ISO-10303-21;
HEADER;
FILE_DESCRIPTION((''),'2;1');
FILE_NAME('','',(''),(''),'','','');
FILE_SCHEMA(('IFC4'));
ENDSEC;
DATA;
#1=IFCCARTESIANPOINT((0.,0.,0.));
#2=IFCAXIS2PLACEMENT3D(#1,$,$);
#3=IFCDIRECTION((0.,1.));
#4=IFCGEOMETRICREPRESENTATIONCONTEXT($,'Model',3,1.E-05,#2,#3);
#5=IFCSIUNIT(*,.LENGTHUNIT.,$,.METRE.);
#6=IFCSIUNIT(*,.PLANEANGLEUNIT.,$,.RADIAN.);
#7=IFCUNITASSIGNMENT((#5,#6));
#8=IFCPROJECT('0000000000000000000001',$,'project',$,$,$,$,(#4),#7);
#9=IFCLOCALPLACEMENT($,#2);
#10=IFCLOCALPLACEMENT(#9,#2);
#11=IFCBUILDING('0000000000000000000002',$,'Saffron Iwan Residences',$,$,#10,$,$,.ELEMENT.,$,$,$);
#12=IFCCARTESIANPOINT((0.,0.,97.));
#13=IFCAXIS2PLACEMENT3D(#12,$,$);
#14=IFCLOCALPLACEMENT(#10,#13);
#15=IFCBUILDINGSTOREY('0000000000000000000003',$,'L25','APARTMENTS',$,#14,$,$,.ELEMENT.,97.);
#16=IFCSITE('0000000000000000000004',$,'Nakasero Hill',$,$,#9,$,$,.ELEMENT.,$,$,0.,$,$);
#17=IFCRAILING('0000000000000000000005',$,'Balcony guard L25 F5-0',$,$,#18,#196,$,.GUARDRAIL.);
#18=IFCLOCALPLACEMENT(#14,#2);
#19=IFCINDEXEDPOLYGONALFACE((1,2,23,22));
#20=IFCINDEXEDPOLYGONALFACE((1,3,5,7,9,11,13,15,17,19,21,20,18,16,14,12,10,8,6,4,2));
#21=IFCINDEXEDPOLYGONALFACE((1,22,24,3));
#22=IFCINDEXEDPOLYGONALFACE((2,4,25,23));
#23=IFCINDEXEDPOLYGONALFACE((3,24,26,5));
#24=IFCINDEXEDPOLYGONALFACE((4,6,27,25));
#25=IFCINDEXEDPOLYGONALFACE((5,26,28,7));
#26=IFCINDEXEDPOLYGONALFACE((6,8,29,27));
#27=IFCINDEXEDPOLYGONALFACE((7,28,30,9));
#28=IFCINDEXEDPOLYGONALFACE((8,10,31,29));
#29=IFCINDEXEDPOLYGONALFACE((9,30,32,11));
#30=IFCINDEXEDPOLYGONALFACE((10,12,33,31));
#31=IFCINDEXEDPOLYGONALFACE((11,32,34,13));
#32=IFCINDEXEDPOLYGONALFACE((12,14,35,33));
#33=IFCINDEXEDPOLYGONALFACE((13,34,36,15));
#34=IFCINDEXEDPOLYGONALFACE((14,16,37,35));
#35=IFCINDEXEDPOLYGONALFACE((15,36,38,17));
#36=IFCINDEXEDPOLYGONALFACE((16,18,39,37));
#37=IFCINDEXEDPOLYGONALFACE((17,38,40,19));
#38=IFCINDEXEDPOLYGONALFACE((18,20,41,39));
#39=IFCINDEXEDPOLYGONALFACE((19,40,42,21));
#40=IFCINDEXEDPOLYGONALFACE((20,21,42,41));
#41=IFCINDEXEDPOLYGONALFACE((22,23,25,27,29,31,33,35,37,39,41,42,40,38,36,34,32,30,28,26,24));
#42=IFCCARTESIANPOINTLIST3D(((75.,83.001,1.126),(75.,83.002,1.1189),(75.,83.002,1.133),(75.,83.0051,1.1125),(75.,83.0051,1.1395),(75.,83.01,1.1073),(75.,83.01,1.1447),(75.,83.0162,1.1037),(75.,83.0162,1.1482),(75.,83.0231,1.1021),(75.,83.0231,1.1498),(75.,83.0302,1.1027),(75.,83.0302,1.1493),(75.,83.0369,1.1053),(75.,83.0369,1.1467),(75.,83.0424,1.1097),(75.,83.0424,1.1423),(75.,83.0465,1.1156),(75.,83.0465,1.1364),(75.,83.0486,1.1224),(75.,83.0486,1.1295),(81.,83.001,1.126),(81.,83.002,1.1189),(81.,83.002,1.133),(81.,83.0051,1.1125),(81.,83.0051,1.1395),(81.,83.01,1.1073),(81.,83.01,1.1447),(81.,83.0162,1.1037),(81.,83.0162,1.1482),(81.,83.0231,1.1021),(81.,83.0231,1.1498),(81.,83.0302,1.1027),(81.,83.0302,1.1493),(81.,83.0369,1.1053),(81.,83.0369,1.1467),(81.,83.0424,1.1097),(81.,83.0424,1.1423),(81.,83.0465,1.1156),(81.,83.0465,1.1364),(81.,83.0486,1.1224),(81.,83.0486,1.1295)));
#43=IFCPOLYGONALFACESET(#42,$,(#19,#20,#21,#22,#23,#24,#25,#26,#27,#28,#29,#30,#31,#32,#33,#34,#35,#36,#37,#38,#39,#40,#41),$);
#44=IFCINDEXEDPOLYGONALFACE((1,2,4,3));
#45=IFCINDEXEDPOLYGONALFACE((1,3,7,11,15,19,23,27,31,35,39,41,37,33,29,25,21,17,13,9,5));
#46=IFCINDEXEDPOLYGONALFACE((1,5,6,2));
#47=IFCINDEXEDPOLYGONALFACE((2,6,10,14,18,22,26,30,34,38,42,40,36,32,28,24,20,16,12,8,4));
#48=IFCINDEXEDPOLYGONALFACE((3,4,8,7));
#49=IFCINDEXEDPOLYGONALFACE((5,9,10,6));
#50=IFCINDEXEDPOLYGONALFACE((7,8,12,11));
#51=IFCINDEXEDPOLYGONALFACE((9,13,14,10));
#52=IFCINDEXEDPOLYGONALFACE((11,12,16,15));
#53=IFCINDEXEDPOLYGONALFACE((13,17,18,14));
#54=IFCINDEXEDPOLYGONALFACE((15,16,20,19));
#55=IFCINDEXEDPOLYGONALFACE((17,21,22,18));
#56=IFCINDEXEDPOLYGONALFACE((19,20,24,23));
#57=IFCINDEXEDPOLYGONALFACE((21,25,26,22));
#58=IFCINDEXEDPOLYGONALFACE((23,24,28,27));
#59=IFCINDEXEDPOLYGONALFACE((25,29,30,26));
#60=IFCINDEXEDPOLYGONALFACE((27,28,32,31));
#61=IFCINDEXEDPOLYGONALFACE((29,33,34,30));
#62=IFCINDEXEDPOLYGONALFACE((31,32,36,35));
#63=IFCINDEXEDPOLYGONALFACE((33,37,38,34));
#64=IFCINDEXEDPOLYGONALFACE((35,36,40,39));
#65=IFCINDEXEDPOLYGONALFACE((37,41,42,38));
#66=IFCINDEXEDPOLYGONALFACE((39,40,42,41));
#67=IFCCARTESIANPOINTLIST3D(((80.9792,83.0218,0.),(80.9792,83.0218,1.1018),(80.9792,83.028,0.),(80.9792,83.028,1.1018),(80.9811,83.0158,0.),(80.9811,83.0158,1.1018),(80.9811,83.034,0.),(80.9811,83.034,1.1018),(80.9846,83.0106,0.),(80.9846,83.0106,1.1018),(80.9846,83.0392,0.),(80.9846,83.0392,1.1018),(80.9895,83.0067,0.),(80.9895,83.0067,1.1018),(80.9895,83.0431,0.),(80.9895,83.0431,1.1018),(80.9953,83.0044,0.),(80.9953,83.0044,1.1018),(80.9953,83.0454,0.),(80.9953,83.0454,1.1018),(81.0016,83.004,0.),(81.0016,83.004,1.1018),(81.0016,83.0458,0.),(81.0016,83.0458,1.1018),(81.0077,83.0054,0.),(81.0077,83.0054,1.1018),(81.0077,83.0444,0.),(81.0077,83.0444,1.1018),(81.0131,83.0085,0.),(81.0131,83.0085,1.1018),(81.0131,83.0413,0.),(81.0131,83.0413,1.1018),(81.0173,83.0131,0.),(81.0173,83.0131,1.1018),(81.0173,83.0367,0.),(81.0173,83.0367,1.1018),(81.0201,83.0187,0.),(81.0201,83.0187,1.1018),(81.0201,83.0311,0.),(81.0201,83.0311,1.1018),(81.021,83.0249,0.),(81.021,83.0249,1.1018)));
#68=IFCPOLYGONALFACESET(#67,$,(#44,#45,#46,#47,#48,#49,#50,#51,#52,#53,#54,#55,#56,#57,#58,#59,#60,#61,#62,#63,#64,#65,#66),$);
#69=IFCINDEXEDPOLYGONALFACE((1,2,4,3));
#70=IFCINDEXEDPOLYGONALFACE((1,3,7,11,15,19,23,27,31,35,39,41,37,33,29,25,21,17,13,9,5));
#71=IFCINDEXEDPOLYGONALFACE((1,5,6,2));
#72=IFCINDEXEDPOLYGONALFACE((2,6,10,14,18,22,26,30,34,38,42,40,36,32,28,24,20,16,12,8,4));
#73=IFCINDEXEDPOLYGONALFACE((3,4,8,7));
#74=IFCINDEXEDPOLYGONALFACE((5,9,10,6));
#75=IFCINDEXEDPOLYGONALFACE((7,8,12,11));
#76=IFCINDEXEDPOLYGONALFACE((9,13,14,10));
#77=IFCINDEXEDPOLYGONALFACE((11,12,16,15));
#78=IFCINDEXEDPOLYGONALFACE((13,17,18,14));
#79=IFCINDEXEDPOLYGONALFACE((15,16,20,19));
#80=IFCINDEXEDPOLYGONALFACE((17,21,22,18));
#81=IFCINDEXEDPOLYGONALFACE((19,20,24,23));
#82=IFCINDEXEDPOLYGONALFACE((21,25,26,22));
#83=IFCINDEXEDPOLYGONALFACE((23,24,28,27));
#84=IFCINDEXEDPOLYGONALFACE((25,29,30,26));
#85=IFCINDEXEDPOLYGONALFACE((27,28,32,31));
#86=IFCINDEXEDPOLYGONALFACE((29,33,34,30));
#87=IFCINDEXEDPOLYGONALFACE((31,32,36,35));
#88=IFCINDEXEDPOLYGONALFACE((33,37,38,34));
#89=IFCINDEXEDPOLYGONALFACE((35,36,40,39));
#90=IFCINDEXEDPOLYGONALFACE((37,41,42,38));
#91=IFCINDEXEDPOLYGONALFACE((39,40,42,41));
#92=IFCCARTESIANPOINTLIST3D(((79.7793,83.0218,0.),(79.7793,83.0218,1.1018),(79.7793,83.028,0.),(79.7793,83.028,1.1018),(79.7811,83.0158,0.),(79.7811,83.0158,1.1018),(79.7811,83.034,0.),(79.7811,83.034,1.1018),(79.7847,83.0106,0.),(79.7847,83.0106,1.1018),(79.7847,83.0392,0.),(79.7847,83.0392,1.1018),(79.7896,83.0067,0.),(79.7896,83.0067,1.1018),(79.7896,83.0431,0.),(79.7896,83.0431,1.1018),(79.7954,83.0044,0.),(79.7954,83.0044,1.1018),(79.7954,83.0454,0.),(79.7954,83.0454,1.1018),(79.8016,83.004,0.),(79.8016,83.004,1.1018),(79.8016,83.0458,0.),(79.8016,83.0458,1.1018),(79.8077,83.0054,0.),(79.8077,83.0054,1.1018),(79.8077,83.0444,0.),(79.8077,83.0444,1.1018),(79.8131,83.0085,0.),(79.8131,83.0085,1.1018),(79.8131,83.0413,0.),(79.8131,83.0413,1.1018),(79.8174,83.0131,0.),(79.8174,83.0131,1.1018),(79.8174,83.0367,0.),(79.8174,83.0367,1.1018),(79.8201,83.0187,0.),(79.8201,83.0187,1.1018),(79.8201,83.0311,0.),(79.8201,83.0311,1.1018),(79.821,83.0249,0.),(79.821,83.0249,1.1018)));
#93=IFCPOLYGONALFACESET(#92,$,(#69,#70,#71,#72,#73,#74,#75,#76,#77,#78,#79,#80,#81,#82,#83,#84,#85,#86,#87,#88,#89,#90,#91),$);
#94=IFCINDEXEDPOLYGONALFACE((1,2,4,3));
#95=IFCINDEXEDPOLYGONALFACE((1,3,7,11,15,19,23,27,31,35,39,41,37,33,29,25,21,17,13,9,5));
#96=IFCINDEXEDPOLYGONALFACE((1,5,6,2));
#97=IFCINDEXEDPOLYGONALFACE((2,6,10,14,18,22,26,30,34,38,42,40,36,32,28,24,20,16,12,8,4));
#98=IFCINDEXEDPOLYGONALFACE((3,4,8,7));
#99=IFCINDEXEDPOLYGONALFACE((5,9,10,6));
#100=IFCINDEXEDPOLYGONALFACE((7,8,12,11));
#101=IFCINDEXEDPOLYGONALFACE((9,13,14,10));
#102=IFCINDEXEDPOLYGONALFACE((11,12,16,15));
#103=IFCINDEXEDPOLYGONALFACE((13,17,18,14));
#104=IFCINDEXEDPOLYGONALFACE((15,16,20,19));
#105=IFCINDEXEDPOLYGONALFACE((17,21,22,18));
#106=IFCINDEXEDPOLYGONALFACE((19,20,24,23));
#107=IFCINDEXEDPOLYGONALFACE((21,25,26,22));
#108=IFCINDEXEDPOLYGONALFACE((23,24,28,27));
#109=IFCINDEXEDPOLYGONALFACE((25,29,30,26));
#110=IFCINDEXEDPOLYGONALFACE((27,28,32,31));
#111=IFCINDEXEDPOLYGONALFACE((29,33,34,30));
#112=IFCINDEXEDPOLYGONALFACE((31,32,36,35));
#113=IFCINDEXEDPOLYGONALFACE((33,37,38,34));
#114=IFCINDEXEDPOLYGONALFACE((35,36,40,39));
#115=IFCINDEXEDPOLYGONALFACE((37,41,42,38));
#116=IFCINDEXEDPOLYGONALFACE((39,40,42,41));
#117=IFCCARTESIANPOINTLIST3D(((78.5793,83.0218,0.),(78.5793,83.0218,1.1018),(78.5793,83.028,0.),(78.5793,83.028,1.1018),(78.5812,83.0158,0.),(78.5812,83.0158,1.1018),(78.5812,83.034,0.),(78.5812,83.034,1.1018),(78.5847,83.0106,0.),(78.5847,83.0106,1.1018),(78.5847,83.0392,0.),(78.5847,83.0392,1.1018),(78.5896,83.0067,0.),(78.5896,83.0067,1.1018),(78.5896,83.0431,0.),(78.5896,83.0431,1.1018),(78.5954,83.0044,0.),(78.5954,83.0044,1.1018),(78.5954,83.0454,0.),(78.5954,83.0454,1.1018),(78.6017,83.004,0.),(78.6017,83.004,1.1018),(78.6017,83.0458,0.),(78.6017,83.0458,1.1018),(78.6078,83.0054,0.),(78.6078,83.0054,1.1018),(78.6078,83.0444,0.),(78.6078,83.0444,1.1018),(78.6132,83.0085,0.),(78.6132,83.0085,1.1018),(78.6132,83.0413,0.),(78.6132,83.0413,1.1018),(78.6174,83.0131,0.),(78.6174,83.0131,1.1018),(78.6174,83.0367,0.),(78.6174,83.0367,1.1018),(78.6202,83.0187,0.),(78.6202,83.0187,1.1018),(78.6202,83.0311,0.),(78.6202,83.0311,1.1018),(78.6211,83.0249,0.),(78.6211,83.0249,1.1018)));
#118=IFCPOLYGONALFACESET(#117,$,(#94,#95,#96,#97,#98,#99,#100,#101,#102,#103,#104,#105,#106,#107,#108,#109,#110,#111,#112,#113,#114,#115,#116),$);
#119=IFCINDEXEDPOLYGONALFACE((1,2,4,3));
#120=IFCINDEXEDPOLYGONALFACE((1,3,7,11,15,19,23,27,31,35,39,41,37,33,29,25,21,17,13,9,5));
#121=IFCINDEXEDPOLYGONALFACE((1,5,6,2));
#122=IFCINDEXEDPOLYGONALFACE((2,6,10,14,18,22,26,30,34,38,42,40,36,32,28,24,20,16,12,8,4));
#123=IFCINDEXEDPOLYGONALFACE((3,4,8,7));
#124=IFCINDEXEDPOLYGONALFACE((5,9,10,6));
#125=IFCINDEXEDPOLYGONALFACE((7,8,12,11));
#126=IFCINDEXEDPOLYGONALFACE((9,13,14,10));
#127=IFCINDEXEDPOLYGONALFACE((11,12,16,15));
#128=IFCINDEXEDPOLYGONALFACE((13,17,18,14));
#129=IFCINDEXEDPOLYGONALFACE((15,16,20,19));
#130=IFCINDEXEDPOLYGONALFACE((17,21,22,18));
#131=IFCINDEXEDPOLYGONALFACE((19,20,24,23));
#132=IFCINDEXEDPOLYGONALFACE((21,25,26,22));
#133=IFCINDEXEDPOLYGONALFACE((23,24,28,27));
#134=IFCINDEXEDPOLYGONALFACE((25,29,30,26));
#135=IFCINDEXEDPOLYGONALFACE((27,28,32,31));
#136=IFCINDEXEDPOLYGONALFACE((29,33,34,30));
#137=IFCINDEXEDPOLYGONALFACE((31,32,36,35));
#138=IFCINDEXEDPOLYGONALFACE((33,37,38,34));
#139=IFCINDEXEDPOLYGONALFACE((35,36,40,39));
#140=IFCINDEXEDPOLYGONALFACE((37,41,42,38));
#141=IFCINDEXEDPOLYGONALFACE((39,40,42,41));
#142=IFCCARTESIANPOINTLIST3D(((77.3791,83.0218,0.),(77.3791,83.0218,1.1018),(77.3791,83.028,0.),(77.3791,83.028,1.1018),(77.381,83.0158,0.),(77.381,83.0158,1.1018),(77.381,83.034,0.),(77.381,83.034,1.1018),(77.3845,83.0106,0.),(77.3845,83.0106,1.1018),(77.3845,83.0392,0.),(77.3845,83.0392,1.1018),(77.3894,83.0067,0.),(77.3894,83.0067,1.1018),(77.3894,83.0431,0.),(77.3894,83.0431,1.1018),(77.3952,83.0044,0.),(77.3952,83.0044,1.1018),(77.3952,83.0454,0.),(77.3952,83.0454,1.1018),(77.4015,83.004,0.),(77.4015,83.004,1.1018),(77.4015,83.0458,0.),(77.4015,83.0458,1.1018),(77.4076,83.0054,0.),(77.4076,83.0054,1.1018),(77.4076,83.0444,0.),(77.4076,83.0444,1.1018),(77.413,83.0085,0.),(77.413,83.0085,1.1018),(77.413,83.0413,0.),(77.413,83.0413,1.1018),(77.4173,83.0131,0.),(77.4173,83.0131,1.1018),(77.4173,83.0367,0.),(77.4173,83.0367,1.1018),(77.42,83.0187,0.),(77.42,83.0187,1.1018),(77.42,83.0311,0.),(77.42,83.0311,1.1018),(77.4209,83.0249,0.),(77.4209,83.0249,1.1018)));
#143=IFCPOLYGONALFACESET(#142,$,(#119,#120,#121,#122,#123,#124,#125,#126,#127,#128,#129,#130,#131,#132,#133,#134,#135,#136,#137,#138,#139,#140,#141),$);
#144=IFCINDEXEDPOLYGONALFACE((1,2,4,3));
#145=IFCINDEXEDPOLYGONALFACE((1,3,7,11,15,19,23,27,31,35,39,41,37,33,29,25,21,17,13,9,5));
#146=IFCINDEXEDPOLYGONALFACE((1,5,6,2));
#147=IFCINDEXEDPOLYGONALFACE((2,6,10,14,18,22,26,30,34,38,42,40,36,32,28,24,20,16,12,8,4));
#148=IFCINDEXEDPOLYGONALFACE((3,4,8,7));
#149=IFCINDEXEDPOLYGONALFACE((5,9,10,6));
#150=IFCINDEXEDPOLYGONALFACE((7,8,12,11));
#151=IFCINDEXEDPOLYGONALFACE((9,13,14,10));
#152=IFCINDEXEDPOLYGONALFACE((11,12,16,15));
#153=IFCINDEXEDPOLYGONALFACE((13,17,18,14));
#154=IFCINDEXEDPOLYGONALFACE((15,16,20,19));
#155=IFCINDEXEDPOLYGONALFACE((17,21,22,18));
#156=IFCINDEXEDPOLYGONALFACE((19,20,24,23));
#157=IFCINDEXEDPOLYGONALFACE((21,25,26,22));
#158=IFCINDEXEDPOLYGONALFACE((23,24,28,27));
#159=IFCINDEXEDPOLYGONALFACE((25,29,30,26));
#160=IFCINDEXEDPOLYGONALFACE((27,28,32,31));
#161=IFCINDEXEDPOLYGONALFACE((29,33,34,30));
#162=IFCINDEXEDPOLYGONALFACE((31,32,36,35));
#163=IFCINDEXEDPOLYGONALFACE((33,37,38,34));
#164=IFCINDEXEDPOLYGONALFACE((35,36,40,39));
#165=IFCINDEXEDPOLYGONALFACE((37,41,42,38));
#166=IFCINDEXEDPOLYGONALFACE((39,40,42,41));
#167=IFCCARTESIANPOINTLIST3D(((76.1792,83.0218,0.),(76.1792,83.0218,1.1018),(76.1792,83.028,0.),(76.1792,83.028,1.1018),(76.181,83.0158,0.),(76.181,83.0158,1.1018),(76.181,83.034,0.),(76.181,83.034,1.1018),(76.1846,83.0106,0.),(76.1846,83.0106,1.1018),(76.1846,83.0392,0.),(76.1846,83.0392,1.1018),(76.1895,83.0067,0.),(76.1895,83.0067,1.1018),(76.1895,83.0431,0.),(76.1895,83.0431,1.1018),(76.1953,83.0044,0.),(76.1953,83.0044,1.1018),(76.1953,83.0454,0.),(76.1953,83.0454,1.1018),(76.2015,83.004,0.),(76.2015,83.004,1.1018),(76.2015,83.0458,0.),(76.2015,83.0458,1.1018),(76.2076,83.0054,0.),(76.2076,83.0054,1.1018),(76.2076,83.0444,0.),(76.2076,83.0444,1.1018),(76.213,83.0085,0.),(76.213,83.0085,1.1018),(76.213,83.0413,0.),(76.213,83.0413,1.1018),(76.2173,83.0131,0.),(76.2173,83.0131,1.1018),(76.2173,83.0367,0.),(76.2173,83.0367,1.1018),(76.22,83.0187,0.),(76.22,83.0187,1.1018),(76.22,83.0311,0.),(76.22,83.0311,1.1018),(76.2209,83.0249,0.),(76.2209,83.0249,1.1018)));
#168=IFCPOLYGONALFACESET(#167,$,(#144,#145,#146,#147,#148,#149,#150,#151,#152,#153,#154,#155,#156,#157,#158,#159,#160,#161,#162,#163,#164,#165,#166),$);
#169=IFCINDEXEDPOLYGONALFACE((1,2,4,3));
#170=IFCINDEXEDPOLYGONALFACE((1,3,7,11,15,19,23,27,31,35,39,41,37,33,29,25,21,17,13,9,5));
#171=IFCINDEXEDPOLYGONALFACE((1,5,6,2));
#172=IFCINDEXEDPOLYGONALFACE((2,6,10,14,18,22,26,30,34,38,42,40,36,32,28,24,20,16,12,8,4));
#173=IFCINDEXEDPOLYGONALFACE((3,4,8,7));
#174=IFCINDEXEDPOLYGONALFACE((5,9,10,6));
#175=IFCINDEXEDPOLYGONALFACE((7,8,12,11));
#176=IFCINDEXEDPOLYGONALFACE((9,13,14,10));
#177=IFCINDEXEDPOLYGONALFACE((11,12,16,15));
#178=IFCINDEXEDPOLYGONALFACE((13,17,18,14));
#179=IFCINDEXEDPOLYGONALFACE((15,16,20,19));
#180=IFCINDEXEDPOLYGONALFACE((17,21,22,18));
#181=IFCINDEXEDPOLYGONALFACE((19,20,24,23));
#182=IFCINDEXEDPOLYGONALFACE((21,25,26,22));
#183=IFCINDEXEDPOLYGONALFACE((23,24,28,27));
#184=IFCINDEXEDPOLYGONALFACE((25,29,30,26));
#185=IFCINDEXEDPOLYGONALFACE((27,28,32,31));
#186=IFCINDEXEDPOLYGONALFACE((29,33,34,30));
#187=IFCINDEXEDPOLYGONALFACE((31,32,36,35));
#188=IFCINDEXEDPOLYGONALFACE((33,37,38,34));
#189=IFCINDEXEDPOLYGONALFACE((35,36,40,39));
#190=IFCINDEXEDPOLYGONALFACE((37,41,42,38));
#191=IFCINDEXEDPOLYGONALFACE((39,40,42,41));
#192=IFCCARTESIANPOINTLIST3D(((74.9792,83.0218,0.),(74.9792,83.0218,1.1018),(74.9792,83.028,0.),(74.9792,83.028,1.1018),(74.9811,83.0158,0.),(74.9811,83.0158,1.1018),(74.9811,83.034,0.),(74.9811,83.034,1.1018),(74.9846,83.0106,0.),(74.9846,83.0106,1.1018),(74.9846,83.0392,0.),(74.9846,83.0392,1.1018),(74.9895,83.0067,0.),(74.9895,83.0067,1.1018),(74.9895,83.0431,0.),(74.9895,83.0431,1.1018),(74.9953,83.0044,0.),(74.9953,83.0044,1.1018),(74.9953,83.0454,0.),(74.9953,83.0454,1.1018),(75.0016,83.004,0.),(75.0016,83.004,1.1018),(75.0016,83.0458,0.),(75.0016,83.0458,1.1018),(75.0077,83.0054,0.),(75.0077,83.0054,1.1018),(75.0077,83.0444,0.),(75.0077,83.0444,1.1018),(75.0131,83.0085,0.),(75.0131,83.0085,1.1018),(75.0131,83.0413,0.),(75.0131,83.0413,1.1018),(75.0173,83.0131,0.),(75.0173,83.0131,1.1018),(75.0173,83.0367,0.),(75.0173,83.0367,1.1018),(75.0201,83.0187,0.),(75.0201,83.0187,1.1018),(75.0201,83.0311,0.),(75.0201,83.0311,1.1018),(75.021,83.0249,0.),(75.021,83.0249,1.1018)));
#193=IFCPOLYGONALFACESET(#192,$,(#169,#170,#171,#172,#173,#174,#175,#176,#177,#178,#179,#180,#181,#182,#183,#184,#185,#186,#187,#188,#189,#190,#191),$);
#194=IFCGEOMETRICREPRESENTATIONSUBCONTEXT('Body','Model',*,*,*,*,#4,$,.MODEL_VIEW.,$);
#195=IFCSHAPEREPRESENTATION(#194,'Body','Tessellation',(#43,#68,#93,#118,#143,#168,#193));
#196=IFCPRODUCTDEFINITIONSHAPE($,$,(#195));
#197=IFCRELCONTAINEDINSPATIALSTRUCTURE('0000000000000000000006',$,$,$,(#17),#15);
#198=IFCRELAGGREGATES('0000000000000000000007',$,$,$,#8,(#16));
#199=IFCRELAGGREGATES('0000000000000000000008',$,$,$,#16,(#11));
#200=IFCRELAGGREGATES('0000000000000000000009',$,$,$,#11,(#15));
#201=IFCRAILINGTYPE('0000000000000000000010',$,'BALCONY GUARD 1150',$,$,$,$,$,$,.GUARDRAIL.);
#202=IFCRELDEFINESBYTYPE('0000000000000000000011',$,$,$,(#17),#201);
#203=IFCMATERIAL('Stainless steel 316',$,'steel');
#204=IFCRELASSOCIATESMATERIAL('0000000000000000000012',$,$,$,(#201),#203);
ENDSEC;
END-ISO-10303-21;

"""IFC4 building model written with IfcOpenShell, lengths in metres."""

from ifc_helpers import new_model, si_unit, direction, frame, origin, origin_2d, place, context, subcontext, project, spatial, circle, extrude, material, type_object, element, save


model = new_model("IFC4")

# Units and contexts
model_context = context("Model", 3, precision=1e-05, world=origin(), true_north=direction((0.0, 1.0)))
body_context = subcontext(model_context, "Body", "Model", "MODEL_VIEW")
ifc_project = project(units=[si_unit("LENGTHUNIT", "METRE"), si_unit("PLANEANGLEUNIT", "RADIAN")], contexts=[model_context])

# Site, building, storey
site_placement = place(None, origin())
site = spatial("IfcSite", under=ifc_project, at=site_placement, Name="Nakasero Hill", CompositionType="ELEMENT", RefElevation=0.0)
building_placement = place(site_placement, origin())
building = spatial("IfcBuilding", under=site, at=building_placement, Name="Saffron Iwan Residences", CompositionType="ELEMENT")
storey_placement = place(building_placement, frame((0.0, 0.0, 97.0)))
storey = spatial("IfcBuildingStorey", under=building, at=storey_placement, Name="L25", Description="APARTMENTS", CompositionType="ELEMENT", Elevation=97.0)

# Railing
ifc_material_1 = material(Name="Stainless steel 316", Category="steel")
railing_type = type_object("IfcRailingType", Name="BALCONY GUARD 1150", PredefinedType="GUARDRAIL", material=ifc_material_1)
railing_placement = place(storey_placement, frame((81.0, 83.0249, 0.0)))
element("IfcRailing", 1, at=railing_placement, inside=storey, type_object=railing_type, Name="Balcony guard L25 F5-0", PredefinedType="GUARDRAIL", context=body_context, shape_type="SweptSolid", body=[
    extrude(circle(Radius=0.0239, at=origin_2d()), frame((0.0, 0.0, 1.126), z_axis=(-1.0, 0.0, 0.0), x_axis=(0.0, -1.0, 0.0)), (0.0, 0.0, 1.0), 6.0),
    extrude(circle(Radius=0.021, at=origin_2d()), origin(), (0.0, 0.0, 1.0), 1.1018),
    extrude(circle(Radius=0.021, at=origin_2d()), frame((-1.2, 0.0, 0.0)), (0.0, 0.0, 1.0), 1.1018),
    extrude(circle(Radius=0.021, at=origin_2d()), frame((-2.3999, 0.0, 0.0)), (0.0, 0.0, 1.0), 1.1018),
    extrude(circle(Radius=0.021, at=origin_2d()), frame((-3.6001, 0.0, 0.0)), (0.0, 0.0, 1.0), 1.1018),
    extrude(circle(Radius=0.021, at=origin_2d()), frame((-4.8, 0.0, 0.0)), (0.0, 0.0, 1.0), 1.1018),
    extrude(circle(Radius=0.021, at=origin_2d()), frame((-6.0, 0.0, 0.0)), (0.0, 0.0, 1.0), 1.1018),
])

save(model, "model.ifc")
